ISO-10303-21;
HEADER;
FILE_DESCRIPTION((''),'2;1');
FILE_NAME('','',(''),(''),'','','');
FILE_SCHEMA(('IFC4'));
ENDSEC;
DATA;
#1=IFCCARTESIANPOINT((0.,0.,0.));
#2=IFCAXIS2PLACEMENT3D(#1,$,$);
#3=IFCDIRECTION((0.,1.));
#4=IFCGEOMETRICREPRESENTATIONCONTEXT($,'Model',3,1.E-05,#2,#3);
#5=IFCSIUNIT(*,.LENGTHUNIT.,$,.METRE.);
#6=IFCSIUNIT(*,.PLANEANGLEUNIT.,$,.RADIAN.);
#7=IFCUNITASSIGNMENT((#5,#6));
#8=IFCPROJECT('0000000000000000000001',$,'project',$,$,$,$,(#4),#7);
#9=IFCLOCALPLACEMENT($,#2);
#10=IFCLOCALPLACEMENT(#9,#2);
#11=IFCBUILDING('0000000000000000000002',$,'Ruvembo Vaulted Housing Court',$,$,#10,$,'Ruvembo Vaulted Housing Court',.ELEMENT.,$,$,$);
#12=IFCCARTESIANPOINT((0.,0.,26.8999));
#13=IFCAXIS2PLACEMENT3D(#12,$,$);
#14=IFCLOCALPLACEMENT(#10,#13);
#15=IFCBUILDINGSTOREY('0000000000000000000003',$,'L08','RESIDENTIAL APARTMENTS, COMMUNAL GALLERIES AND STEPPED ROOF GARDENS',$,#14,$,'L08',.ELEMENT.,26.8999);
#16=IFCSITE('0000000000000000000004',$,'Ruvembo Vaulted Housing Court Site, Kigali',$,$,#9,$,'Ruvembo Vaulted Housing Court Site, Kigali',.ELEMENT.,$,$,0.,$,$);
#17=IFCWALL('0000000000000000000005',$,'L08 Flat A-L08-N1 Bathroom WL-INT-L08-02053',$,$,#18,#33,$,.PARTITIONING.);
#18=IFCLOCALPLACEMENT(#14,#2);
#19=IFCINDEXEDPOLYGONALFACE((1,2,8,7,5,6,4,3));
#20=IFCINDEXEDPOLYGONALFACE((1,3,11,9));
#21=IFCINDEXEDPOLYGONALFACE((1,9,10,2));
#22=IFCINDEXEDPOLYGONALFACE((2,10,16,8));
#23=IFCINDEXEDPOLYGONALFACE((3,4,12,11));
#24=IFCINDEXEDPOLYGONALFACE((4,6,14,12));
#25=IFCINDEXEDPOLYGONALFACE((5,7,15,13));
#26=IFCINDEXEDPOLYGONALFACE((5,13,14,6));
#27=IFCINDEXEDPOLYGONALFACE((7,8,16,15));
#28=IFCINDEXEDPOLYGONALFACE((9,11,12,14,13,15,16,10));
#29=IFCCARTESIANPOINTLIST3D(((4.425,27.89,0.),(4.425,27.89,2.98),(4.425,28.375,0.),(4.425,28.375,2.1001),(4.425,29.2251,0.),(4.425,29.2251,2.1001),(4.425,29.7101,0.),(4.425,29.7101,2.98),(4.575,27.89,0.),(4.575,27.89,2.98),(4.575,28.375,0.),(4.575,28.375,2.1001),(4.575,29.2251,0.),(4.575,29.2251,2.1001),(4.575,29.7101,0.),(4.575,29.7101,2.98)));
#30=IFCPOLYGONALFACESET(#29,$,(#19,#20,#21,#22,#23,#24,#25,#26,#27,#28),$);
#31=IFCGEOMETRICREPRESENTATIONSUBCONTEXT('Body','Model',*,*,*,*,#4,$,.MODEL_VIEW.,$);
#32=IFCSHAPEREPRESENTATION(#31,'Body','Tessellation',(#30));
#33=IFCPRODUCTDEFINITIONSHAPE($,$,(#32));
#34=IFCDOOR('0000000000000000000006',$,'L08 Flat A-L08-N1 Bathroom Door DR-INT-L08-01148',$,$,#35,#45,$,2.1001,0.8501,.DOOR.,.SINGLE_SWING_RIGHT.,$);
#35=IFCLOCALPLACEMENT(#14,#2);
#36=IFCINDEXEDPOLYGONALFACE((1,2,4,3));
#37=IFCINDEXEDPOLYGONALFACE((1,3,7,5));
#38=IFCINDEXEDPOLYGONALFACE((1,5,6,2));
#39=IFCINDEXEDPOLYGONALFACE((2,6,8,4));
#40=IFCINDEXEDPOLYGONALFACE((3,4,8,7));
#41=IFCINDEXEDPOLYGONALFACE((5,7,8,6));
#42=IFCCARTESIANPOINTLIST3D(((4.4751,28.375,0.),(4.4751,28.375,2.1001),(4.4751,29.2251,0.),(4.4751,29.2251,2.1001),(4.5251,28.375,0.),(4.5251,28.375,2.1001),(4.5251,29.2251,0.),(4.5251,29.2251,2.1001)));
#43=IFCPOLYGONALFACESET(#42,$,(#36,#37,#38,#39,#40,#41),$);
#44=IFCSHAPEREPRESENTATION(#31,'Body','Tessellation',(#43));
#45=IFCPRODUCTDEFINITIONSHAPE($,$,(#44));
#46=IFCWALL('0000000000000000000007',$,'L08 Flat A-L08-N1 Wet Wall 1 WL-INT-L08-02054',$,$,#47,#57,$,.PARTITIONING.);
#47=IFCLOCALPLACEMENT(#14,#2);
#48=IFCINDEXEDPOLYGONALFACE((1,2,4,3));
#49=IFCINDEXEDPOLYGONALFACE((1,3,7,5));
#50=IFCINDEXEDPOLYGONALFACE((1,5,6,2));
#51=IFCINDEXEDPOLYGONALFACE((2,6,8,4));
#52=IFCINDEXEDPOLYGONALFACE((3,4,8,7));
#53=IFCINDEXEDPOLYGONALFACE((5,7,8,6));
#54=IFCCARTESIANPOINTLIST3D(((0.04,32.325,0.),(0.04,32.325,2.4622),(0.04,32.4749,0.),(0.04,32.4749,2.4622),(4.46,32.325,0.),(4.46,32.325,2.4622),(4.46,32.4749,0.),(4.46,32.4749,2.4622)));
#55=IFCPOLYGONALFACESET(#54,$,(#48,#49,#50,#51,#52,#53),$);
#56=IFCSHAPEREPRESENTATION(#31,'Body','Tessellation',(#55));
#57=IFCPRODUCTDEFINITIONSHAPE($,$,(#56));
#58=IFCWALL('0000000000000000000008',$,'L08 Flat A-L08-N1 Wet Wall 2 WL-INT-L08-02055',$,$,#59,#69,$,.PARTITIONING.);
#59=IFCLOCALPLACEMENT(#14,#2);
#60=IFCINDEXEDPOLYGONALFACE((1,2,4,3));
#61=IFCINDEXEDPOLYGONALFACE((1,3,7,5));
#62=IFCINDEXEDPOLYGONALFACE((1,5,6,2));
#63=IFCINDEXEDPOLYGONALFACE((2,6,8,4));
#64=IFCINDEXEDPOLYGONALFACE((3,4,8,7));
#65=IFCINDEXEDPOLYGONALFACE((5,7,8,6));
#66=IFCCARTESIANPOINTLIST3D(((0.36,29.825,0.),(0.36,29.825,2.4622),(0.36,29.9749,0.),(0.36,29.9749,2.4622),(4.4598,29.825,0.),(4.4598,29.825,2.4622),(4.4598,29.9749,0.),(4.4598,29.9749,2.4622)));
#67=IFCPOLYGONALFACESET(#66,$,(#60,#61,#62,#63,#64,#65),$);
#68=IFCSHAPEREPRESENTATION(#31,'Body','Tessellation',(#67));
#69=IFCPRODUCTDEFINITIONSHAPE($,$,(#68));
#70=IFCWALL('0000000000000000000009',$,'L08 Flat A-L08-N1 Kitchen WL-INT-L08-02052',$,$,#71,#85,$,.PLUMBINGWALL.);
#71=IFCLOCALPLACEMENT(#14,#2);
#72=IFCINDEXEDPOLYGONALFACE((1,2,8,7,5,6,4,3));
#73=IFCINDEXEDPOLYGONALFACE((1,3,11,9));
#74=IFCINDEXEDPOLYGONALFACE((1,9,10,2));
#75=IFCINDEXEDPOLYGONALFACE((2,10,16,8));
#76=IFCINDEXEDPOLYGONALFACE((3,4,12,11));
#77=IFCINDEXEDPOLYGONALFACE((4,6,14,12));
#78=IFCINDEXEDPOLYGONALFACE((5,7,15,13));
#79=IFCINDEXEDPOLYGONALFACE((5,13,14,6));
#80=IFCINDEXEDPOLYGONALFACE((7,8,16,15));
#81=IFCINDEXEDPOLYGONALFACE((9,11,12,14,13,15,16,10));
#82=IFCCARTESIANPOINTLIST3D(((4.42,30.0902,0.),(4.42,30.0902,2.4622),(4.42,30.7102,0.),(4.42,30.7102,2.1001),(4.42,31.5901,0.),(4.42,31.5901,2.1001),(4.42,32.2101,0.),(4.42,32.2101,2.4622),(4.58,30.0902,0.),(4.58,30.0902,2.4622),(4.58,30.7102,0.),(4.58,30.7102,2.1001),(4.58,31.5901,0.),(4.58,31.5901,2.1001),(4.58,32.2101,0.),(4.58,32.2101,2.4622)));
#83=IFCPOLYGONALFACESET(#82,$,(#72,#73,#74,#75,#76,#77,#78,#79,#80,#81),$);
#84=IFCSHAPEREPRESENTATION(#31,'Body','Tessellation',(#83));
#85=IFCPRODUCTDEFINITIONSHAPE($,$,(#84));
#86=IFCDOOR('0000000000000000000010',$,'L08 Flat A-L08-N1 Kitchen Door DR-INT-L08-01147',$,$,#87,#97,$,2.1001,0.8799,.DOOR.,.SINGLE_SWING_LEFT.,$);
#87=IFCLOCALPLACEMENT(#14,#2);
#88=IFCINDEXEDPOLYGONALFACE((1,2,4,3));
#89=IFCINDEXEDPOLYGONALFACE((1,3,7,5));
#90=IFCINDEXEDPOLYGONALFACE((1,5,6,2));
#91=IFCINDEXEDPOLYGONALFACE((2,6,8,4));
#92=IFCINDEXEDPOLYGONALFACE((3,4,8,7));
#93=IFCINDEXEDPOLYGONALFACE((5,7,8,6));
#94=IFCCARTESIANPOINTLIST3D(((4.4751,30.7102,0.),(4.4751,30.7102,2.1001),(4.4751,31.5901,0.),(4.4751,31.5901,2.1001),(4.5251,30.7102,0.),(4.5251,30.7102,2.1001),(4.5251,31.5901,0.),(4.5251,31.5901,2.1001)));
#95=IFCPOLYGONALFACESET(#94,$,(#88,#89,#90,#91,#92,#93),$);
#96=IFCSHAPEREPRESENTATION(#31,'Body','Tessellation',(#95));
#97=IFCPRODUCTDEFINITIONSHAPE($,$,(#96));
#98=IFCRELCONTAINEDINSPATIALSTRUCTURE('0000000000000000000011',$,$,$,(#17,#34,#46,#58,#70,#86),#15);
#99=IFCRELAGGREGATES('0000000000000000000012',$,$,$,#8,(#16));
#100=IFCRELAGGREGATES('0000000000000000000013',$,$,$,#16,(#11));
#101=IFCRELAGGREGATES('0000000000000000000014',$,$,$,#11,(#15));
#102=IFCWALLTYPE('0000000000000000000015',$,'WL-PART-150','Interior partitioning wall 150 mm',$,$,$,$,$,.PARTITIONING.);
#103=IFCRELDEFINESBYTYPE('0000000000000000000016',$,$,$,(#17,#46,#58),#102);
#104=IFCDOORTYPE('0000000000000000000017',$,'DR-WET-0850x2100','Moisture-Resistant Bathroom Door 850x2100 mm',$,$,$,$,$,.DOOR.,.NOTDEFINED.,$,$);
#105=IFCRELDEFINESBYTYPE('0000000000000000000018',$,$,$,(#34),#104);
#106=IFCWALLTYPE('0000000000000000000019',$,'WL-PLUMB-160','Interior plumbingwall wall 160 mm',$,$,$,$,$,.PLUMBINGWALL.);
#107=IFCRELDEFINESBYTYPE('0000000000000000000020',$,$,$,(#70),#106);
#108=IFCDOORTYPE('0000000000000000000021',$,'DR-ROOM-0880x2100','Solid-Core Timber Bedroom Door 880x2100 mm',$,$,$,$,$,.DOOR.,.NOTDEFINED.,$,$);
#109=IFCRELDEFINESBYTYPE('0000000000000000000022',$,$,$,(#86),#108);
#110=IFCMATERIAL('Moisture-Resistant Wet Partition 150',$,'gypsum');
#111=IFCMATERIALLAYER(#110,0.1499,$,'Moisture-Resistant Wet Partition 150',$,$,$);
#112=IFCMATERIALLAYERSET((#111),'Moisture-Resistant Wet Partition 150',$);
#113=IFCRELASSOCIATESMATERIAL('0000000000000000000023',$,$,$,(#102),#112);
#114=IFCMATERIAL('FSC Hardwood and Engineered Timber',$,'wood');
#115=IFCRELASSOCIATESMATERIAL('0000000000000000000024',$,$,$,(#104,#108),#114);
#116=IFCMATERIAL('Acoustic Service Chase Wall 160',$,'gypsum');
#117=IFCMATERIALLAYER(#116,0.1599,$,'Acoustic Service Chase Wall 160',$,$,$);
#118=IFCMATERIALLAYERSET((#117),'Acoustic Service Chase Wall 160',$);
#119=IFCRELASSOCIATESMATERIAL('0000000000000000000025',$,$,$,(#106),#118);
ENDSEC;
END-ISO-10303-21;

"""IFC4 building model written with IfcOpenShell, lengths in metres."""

from ifc_helpers import new_model, si_unit, direction, frame, frame_2d, origin, place, context, subcontext, project, spatial, rectangle, extrude, material, layer, layer_set, type_object, element, fill, save


model = new_model("IFC4")

# Units and contexts
model_context = context("Model", 3, precision=1e-05, world=origin(), true_north=direction((0.0, 1.0)))
body_context = subcontext(model_context, "Body", "Model", "MODEL_VIEW")
ifc_project = project(units=[si_unit("LENGTHUNIT", "METRE"), si_unit("PLANEANGLEUNIT", "RADIAN")], contexts=[model_context])

# Site, building, storey
site_placement = place(None, origin())
site = spatial("IfcSite", under=ifc_project, at=site_placement, Name="Ruvembo Vaulted Housing Court Site, Kigali", LongName="Ruvembo Vaulted Housing Court Site, Kigali", CompositionType="ELEMENT", RefElevation=0.0)
building_placement = place(site_placement, origin())
building = spatial("IfcBuilding", under=site, at=building_placement, Name="Ruvembo Vaulted Housing Court", LongName="Ruvembo Vaulted Housing Court", CompositionType="ELEMENT")
storey_placement = place(building_placement, frame((0.0, 0.0, 26.8999)))
storey = spatial("IfcBuildingStorey", under=building, at=storey_placement, Name="L08", Description="RESIDENTIAL APARTMENTS, COMMUNAL GALLERIES AND STEPPED ROOF GARDENS", LongName="L08", CompositionType="ELEMENT", Elevation=26.8999)

# Shared definitions
ifc_material_1 = material(Name="FSC Hardwood and Engineered Timber", Category="wood")

# Wall, opening, door
ifc_material_2 = material(Name="Moisture-Resistant Wet Partition 150", Category="gypsum")
ifc_layer_1 = layer(ifc_material_2, 0.1499, Name="Moisture-Resistant Wet Partition 150")
ifc_layer_set_1 = layer_set([ifc_layer_1], Name="Moisture-Resistant Wet Partition 150")
wall_type_1 = type_object("IfcWallType", Name="WL-PART-150", Description="Interior partitioning wall 150 mm", PredefinedType="PARTITIONING", material=ifc_layer_set_1)
wall_1_placement = place(storey_placement, frame((4.5, 27.8899, 0.0), z_axis=(0.0, 0.0, 1.0), x_axis=(0.0, 1.0, 0.0)))
wall_1 = element("IfcWall", 1, at=wall_1_placement, inside=storey, type_object=wall_type_1, Name="L08 Flat A-L08-N1 Bathroom WL-INT-L08-02053", PredefinedType="PARTITIONING", context=body_context, shape_type="SweptSolid", body=[
    extrude(rectangle(XDim=1.8201, YDim=0.1499, at=frame_2d((0.9102, 0.0))), origin(), (0.0, 0.0, 1.0), 2.98),
])
opening_1_placement = place(wall_1_placement, frame((0.4851, 0.0, 0.0)))
opening_1 = element("IfcOpeningElement", 2, at=opening_1_placement, cuts=wall_1, PredefinedType="OPENING", context=body_context, shape_type="SweptSolid", body=[
    extrude(rectangle(XDim=0.8501, YDim=2.1001, at=frame_2d((0.425, 1.05))), frame((0.0, 0.085, 0.0), z_axis=(0.0, -1.0, 0.0), x_axis=(1.0, 0.0, 0.0)), (0.0, 0.0, 1.0), 0.1699),
])
door_type_1 = type_object("IfcDoorType", Name="DR-WET-0850x2100", Description="Moisture-Resistant Bathroom Door 850x2100 mm", OperationType="NOTDEFINED", PredefinedType="DOOR", material=ifc_material_1)
door_1_placement = place(opening_1_placement, origin())
door_1 = element("IfcDoor", 3, at=door_1_placement, inside=storey, type_object=door_type_1, Name="L08 Flat A-L08-N1 Bathroom Door DR-INT-L08-01148", OperationType="SINGLE_SWING_RIGHT", OverallHeight=2.1001, OverallWidth=0.8501, PredefinedType="DOOR", context=body_context, shape_type="SweptSolid", body=[
    extrude(rectangle(XDim=0.8501, YDim=2.1001, at=frame_2d((0.425, 1.05))), frame((0.0, 0.0249, 0.0), z_axis=(0.0, -1.0, 0.0), x_axis=(1.0, 0.0, 0.0)), (0.0, 0.0, 1.0), 0.05),
])
fill(opening_1, door_1)

# Walls
wall_2_placement = place(storey_placement, frame((0.04, 32.3999, 0.0), z_axis=(0.0, 0.0, 1.0), x_axis=(1.0, 0.0, 0.0)))
element("IfcWall", 4, at=wall_2_placement, inside=storey, type_object=wall_type_1, Name="L08 Flat A-L08-N1 Wet Wall 1 WL-INT-L08-02054", PredefinedType="PARTITIONING", context=body_context, shape_type="SweptSolid", body=[
    extrude(rectangle(XDim=4.4199, YDim=0.1499, at=frame_2d((2.21, 0.0))), origin(), (0.0, 0.0, 1.0), 2.4622),
])
wall_3_placement = place(storey_placement, frame((0.3601, 29.8999, 0.0), z_axis=(0.0, 0.0, 1.0), x_axis=(1.0, 0.0, 0.0)))
element("IfcWall", 5, at=wall_3_placement, inside=storey, type_object=wall_type_1, Name="L08 Flat A-L08-N1 Wet Wall 2 WL-INT-L08-02055", PredefinedType="PARTITIONING", context=body_context, shape_type="SweptSolid", body=[
    extrude(rectangle(XDim=4.0999, YDim=0.1499, at=frame_2d((2.0498, 0.0))), origin(), (0.0, 0.0, 1.0), 2.4622),
])

# Wall, opening, door
ifc_material_3 = material(Name="Acoustic Service Chase Wall 160", Category="gypsum")
ifc_layer_2 = layer(ifc_material_3, 0.1599, Name="Acoustic Service Chase Wall 160")
ifc_layer_set_2 = layer_set([ifc_layer_2], Name="Acoustic Service Chase Wall 160")
wall_type_2 = type_object("IfcWallType", Name="WL-PLUMB-160", Description="Interior plumbingwall wall 160 mm", PredefinedType="PLUMBINGWALL", material=ifc_layer_set_2)
wall_4_placement = place(storey_placement, frame((4.5, 30.0901, 0.0), z_axis=(0.0, 0.0, 1.0), x_axis=(0.0, 1.0, 0.0)))
wall_4 = element("IfcWall", 6, at=wall_4_placement, inside=storey, type_object=wall_type_2, Name="L08 Flat A-L08-N1 Kitchen WL-INT-L08-02052", PredefinedType="PLUMBINGWALL", context=body_context, shape_type="SweptSolid", body=[
    extrude(rectangle(XDim=2.1199, YDim=0.1599, at=frame_2d((1.0601, 0.0))), origin(), (0.0, 0.0, 1.0), 2.4622),
])
opening_2_placement = place(wall_4_placement, frame((0.6201, 0.0, 0.0)))
opening_2 = element("IfcOpeningElement", 7, at=opening_2_placement, cuts=wall_4, PredefinedType="OPENING", context=body_context, shape_type="SweptSolid", body=[
    extrude(rectangle(XDim=0.8799, YDim=2.1001, at=frame_2d((0.4399, 1.05))), frame((0.0, 0.0898, 0.0), z_axis=(0.0, -1.0, 0.0), x_axis=(1.0, 0.0, 0.0)), (0.0, 0.0, 1.0), 0.1799),
])
door_type_2 = type_object("IfcDoorType", Name="DR-ROOM-0880x2100", Description="Solid-Core Timber Bedroom Door 880x2100 mm", OperationType="NOTDEFINED", PredefinedType="DOOR", material=ifc_material_1)
door_2_placement = place(opening_2_placement, origin())
door_2 = element("IfcDoor", 8, at=door_2_placement, inside=storey, type_object=door_type_2, Name="L08 Flat A-L08-N1 Kitchen Door DR-INT-L08-01147", OperationType="SINGLE_SWING_LEFT", OverallHeight=2.1001, OverallWidth=0.8799, PredefinedType="DOOR", context=body_context, shape_type="SweptSolid", body=[
    extrude(rectangle(XDim=0.8799, YDim=2.1001, at=frame_2d((0.4399, 1.05))), frame((0.0, 0.0249, 0.0), z_axis=(0.0, -1.0, 0.0), x_axis=(1.0, 0.0, 0.0)), (0.0, 0.0, 1.0), 0.05),
])
fill(opening_2, door_2)

save(model, "model.ifc")
